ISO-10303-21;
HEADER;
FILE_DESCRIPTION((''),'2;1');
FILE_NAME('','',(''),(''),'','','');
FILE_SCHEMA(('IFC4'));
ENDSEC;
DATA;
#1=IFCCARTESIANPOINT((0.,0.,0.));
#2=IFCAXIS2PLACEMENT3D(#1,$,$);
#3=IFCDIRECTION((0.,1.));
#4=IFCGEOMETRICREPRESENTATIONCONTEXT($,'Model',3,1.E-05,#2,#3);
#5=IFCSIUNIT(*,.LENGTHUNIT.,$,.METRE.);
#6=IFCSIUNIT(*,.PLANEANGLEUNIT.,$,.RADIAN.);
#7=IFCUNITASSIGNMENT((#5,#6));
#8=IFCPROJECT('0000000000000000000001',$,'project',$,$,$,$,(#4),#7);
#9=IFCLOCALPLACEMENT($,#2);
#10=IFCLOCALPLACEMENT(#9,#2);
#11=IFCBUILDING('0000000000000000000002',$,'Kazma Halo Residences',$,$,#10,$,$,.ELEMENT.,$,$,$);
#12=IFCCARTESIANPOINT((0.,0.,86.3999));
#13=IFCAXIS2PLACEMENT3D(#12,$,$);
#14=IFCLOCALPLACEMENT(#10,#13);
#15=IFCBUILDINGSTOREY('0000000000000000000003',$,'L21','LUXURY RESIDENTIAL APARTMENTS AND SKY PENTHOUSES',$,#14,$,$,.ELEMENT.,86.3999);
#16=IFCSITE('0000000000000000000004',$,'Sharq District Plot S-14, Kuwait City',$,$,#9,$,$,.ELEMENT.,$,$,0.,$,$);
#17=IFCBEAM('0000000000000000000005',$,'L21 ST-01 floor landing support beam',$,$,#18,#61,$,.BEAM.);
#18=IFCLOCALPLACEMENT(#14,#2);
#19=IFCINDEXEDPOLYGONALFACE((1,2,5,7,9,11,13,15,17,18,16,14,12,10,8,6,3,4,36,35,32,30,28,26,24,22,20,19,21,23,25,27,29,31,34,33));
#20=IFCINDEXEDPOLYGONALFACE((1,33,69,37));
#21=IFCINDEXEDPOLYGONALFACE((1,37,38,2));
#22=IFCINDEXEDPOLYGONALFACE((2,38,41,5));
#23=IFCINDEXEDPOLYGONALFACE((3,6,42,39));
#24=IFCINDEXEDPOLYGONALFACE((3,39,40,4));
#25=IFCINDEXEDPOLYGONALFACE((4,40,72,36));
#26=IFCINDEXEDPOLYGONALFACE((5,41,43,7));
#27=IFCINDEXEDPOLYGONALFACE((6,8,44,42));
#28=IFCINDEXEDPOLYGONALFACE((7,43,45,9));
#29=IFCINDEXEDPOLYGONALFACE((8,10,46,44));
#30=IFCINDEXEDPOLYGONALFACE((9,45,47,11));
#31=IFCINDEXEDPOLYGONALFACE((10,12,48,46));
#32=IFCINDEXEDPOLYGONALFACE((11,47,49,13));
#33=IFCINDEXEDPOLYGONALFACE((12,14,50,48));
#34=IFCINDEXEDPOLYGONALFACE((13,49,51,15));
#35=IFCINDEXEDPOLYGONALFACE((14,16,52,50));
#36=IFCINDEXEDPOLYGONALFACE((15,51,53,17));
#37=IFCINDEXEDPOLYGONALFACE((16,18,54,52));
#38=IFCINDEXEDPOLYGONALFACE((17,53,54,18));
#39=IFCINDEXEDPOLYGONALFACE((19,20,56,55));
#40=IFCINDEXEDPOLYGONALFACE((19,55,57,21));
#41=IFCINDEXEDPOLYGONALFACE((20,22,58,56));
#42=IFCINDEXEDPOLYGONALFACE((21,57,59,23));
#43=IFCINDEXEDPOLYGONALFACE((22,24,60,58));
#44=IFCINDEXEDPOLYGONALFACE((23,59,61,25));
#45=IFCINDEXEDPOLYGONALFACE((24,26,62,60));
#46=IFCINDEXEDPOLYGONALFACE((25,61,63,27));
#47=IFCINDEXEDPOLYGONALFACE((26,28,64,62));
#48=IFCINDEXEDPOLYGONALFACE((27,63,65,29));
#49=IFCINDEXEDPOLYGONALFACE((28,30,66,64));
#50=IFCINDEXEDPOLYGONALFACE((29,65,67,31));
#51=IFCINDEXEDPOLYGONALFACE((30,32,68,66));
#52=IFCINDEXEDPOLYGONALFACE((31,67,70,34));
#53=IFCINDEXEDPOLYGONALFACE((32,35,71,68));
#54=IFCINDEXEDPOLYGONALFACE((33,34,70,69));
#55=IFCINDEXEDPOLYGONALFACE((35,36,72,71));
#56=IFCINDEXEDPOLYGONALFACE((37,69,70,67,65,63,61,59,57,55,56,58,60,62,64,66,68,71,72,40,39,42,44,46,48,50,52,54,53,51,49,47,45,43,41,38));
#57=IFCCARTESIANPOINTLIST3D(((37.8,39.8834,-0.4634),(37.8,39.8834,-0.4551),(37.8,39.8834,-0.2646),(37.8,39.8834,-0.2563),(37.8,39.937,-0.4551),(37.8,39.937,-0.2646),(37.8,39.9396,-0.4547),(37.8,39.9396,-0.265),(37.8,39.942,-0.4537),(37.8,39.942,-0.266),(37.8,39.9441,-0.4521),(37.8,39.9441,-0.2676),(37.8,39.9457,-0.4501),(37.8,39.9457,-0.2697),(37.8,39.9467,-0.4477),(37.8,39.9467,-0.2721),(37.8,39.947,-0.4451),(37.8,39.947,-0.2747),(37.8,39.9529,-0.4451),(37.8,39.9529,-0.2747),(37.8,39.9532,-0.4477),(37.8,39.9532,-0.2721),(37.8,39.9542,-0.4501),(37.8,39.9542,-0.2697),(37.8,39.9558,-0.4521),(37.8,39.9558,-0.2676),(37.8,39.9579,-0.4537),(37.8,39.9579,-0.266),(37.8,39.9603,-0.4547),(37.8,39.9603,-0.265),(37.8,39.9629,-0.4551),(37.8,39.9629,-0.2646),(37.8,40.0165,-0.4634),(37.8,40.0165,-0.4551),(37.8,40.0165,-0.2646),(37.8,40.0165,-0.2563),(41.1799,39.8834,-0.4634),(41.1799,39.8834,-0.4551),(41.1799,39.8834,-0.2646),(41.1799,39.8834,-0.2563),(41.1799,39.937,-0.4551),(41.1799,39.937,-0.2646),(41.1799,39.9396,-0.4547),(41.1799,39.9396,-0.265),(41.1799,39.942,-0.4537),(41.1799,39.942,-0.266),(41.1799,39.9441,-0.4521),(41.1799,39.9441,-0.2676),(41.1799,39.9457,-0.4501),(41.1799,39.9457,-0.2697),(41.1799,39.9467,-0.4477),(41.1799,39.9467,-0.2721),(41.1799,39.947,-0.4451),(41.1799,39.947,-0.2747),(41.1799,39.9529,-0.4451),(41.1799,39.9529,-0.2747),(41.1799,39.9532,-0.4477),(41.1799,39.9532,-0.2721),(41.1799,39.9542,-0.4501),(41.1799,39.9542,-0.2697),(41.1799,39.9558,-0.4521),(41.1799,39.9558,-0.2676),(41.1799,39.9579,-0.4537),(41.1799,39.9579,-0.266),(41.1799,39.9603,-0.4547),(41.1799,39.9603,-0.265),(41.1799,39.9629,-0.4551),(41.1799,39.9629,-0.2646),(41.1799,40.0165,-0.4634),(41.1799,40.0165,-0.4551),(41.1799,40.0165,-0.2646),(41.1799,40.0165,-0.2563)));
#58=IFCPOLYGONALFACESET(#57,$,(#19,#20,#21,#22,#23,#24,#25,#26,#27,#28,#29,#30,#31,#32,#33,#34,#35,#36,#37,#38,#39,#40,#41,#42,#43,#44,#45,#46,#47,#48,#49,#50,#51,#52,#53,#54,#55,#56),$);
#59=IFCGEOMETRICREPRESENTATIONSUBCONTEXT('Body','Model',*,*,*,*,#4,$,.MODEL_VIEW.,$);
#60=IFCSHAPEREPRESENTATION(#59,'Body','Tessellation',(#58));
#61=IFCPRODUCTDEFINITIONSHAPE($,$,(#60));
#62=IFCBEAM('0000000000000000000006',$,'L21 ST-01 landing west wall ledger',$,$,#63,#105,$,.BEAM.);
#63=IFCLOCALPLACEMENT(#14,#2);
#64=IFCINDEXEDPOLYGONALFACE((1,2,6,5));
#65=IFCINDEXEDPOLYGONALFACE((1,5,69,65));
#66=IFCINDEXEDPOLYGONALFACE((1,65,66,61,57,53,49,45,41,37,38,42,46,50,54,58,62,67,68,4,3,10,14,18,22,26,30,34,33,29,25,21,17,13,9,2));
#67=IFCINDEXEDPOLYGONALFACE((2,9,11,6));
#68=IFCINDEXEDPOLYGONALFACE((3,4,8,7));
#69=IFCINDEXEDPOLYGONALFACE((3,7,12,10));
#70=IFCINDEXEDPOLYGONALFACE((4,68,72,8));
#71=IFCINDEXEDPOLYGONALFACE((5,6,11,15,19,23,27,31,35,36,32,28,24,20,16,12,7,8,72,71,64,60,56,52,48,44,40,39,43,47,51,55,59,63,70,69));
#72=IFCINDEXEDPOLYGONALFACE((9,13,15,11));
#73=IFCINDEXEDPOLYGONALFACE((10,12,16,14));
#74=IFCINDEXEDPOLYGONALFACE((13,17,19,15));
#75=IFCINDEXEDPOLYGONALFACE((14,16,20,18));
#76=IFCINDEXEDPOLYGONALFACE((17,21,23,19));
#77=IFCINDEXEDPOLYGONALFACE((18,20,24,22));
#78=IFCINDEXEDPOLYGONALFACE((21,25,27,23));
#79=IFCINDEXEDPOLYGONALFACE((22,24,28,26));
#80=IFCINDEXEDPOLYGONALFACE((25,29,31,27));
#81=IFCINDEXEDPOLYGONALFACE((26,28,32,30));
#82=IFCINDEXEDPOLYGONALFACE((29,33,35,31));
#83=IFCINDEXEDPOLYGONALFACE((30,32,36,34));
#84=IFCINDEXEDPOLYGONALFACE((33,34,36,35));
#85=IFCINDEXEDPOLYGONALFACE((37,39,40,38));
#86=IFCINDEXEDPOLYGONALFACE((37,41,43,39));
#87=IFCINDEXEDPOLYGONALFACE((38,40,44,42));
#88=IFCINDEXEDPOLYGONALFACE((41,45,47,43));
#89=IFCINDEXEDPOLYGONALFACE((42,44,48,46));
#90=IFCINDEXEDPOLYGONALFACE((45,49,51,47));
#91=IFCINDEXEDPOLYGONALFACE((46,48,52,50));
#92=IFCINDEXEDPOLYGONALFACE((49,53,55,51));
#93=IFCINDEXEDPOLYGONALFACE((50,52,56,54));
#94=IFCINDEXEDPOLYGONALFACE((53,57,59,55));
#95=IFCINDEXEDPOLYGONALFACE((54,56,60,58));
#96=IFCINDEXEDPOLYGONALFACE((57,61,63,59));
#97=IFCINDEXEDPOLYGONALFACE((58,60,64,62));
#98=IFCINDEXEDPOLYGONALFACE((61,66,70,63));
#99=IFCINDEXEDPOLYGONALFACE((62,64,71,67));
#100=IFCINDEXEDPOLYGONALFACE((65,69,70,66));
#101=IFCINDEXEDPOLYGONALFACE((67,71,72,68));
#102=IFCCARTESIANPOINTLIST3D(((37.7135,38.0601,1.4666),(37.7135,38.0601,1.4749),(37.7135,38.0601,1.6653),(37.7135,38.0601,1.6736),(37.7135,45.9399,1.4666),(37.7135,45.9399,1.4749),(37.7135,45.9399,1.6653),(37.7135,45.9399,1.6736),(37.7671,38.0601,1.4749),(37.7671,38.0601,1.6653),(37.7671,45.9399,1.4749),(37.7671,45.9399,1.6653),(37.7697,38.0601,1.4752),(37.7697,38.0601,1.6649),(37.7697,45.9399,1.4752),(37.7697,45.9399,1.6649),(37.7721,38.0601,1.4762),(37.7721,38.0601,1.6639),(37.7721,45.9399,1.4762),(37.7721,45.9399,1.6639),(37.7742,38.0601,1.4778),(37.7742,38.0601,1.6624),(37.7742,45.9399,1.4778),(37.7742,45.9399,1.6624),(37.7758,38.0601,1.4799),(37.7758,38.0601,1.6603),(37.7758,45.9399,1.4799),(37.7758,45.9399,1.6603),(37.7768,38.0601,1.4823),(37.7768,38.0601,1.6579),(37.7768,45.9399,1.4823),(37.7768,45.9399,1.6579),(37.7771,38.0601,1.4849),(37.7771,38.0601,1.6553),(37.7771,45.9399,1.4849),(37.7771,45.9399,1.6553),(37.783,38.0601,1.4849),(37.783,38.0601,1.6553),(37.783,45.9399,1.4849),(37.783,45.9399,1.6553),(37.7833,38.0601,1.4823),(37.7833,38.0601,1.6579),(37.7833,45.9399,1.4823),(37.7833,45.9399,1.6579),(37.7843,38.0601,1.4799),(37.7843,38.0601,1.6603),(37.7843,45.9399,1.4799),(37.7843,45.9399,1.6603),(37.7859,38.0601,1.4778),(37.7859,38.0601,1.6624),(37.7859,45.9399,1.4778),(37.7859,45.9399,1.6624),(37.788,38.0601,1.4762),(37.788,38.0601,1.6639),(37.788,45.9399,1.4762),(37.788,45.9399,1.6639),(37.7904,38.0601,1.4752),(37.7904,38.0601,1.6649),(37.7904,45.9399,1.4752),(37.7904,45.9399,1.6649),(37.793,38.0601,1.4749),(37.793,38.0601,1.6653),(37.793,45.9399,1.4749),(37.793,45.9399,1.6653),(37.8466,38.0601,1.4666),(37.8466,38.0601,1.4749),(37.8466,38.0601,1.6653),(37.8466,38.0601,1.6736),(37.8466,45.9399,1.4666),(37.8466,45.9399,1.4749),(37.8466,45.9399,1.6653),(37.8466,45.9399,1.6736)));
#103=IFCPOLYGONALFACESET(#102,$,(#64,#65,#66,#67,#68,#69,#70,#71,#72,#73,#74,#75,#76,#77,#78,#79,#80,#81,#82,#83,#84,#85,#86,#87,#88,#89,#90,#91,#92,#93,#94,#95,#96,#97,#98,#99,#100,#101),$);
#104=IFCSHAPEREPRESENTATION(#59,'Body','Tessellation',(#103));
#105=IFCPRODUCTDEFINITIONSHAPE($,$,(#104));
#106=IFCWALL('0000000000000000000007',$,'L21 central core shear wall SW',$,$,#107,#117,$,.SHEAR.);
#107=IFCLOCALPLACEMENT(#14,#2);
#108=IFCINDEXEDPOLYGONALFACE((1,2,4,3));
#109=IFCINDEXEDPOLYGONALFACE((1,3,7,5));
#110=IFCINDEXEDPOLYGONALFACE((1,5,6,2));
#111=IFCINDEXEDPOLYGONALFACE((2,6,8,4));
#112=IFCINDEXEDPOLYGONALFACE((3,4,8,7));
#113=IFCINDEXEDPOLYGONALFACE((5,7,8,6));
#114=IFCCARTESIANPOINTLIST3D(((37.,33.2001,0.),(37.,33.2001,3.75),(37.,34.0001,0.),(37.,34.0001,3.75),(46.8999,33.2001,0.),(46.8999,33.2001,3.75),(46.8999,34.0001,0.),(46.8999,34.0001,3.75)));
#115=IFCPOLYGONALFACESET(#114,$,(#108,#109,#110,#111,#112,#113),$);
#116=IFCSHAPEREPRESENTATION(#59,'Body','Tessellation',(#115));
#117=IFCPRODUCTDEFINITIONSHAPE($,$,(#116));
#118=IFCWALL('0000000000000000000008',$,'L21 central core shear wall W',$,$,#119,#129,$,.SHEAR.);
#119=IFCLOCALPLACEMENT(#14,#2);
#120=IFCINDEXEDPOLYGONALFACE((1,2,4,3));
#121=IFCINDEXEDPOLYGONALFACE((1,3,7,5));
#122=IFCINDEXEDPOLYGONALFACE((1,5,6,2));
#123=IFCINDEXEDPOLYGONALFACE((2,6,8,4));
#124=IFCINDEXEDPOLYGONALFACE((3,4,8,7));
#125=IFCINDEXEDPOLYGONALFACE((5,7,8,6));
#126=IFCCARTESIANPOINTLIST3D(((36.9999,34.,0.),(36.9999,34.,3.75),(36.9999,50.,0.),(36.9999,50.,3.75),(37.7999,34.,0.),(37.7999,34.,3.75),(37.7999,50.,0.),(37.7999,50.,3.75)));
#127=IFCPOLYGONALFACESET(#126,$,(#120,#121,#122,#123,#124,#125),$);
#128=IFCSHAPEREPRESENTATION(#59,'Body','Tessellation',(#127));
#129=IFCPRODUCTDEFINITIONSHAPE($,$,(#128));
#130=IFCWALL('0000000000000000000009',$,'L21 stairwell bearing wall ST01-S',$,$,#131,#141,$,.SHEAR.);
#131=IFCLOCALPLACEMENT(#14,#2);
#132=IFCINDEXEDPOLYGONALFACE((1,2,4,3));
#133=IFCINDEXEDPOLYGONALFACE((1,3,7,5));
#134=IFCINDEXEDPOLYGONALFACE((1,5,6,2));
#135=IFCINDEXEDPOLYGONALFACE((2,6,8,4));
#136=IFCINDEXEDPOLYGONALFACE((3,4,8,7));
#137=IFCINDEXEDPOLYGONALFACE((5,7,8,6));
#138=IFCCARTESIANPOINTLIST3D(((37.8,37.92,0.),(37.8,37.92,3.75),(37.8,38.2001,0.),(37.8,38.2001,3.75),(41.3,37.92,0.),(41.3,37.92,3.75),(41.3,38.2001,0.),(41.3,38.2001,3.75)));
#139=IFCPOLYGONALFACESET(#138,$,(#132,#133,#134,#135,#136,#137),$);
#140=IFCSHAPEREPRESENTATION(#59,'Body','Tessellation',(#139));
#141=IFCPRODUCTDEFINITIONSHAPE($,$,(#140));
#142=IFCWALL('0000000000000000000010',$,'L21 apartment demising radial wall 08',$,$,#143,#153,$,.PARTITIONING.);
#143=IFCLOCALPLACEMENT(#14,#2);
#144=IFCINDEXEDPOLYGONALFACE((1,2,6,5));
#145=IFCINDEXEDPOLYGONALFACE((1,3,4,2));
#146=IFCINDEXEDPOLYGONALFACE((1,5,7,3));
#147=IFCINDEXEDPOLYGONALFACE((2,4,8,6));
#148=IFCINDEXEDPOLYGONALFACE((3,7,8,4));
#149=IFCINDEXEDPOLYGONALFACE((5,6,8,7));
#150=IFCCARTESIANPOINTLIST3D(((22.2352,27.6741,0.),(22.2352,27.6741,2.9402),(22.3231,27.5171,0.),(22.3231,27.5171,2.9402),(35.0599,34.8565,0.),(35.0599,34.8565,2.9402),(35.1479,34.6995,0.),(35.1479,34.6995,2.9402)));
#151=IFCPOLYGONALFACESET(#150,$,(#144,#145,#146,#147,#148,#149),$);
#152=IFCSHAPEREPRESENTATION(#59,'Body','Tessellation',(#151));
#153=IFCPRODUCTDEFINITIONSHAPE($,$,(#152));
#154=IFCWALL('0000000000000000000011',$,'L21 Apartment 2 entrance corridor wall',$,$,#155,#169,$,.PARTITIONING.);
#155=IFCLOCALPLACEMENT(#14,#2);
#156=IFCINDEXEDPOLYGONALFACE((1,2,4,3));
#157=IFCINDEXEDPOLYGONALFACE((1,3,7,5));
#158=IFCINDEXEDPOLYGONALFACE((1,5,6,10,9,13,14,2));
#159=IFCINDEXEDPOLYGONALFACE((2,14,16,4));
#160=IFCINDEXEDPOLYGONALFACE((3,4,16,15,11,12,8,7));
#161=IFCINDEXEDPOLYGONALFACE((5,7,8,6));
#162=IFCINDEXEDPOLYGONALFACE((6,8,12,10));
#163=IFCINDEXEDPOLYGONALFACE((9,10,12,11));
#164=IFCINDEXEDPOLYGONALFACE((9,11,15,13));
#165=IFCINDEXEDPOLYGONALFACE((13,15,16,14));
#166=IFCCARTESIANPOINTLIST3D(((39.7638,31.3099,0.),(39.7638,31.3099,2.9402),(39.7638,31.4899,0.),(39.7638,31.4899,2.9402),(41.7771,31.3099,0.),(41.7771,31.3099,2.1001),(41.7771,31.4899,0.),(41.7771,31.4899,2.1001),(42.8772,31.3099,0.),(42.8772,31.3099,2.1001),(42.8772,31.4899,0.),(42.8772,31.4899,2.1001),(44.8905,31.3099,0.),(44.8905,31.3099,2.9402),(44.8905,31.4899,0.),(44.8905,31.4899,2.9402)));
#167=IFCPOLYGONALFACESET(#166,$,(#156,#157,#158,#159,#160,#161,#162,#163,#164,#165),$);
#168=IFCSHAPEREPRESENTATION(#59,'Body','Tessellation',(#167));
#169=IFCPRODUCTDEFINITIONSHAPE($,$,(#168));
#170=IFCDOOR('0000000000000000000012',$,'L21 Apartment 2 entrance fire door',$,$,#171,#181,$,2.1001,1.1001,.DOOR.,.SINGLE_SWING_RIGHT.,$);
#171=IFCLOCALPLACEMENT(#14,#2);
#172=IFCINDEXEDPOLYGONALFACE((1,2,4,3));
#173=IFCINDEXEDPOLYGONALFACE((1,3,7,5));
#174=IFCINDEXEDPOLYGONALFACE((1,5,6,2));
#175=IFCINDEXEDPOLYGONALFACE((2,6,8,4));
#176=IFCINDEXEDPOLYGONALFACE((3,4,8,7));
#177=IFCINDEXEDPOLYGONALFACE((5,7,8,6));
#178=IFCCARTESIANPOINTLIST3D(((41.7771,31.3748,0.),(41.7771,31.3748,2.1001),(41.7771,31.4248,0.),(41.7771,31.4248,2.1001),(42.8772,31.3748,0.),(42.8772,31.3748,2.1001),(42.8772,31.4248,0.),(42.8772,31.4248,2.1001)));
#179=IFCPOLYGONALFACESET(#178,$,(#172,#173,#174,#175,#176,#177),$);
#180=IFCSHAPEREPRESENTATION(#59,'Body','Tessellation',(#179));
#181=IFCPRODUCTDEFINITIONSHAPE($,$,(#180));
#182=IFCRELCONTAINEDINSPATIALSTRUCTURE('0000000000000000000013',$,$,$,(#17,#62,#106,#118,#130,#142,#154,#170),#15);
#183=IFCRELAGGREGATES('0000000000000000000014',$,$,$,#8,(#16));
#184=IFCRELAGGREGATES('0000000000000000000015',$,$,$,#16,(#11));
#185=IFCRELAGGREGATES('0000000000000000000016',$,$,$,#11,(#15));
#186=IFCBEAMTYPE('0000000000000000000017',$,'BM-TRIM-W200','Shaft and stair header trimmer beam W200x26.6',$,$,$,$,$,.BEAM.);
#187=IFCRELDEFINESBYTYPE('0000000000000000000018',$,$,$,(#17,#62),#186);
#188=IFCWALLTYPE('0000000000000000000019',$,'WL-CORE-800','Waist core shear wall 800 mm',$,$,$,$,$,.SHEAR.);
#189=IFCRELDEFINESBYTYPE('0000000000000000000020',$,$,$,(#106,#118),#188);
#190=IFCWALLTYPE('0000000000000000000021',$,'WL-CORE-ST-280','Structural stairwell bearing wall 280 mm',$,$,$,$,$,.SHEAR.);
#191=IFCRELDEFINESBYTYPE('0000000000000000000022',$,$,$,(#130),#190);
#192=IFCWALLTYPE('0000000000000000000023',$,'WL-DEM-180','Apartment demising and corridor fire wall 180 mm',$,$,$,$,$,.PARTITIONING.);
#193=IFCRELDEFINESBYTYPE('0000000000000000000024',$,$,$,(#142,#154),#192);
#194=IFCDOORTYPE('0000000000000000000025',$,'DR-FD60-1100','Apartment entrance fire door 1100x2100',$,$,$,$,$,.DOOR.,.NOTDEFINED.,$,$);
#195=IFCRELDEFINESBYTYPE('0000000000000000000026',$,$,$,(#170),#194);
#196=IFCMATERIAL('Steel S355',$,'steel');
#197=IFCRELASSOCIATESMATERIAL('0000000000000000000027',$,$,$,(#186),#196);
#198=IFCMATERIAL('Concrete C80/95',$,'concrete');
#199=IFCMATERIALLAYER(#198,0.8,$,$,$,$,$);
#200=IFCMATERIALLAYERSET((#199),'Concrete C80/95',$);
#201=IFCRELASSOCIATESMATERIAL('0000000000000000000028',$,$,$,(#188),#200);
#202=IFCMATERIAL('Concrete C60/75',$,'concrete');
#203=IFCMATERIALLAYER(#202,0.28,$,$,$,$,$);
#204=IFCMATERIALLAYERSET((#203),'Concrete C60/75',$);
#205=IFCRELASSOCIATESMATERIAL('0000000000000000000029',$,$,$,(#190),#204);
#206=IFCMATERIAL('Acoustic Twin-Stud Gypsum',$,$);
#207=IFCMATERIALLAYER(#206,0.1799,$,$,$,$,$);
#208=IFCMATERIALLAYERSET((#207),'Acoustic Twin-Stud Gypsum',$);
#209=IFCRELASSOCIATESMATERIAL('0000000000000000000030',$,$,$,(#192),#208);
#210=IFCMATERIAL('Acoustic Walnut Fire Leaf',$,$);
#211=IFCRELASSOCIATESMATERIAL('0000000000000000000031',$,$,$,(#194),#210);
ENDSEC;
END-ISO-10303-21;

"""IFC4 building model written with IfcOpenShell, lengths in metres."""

from ifc_helpers import new_model, si_unit, direction, frame, frame_2d, origin, origin_2d, place, context, subcontext, project, spatial, rectangle, i_section, extrude, material, layer, layer_set, material_profile, profile_set, type_object, element, fill, save


model = new_model("IFC4")

# Units and contexts
model_context = context("Model", 3, precision=1e-05, world=origin(), true_north=direction((0.0, 1.0)))
body_context = subcontext(model_context, "Body", "Model", "MODEL_VIEW")
ifc_project = project(units=[si_unit("LENGTHUNIT", "METRE"), si_unit("PLANEANGLEUNIT", "RADIAN")], contexts=[model_context])

# Site, building, storey
site_placement = place(None, origin())
site = spatial("IfcSite", under=ifc_project, at=site_placement, Name="Sharq District Plot S-14, Kuwait City", CompositionType="ELEMENT", RefElevation=0.0)
building_placement = place(site_placement, origin())
building = spatial("IfcBuilding", under=site, at=building_placement, Name="Kazma Halo Residences", CompositionType="ELEMENT")
storey_placement = place(building_placement, frame((0.0, 0.0, 86.3999)))
storey = spatial("IfcBuildingStorey", under=building, at=storey_placement, Name="L21", Description="LUXURY RESIDENTIAL APARTMENTS AND SKY PENTHOUSES", CompositionType="ELEMENT", Elevation=86.3999)

# Beams
ifc_material_1 = material(Name="Steel S355", Category="steel")
ifc_material_profile_1 = material_profile(ifc_material_1, i_section(OverallWidth=0.1331, OverallDepth=0.207, WebThickness=0.0059, FlangeThickness=0.0083, FilletRadius=0.01, at=origin_2d()), Name="W200x26.6")
ifc_profile_set_1 = profile_set([ifc_material_profile_1], Name="Steel S355")
beam_type_1 = type_object("IfcBeamType", Name="BM-TRIM-W200", Description="Shaft and stair header trimmer beam W200x26.6", PredefinedType="BEAM", material=ifc_profile_set_1)
beam_1_placement = place(storey_placement, frame((37.8, 39.95, -0.3599), z_axis=(1.0, 0.0, 0.0), x_axis=(0.0, 1.0, 0.0)))
element("IfcBeam", 1, at=beam_1_placement, inside=storey, type_object=beam_type_1, Name="L21 ST-01 floor landing support beam", PredefinedType="BEAM", context=body_context, shape_type="SweptSolid", body=[
    extrude(i_section(OverallWidth=0.1331, OverallDepth=0.207, WebThickness=0.0059, FlangeThickness=0.0083, FilletRadius=0.01, at=origin_2d()), origin(), (0.0, 0.0, 1.0), 3.3799),
])
beam_2_placement = place(storey_placement, frame((37.78, 38.0601, 1.5701), z_axis=(0.0, 1.0, 0.0), x_axis=(-1.0, 0.0, 0.0)))
element("IfcBeam", 2, at=beam_2_placement, inside=storey, type_object=beam_type_1, Name="L21 ST-01 landing west wall ledger", PredefinedType="BEAM", context=body_context, shape_type="SweptSolid", body=[
    extrude(i_section(OverallWidth=0.1331, OverallDepth=0.207, WebThickness=0.0059, FlangeThickness=0.0083, FilletRadius=0.01, at=origin_2d()), origin(), (0.0, 0.0, 1.0), 7.8799),
])

# Walls
ifc_material_2 = material(Name="Concrete C80/95", Category="concrete")
ifc_layer_1 = layer(ifc_material_2, 0.8)
ifc_layer_set_1 = layer_set([ifc_layer_1], Name="Concrete C80/95")
wall_type_1 = type_object("IfcWallType", Name="WL-CORE-800", Description="Waist core shear wall 800 mm", PredefinedType="SHEAR", material=ifc_layer_set_1)
wall_1_placement = place(storey_placement, frame((37.0, 33.6001, 0.0), z_axis=(0.0, 0.0, 1.0), x_axis=(1.0, 0.0, 0.0)))
element("IfcWall", 3, at=wall_1_placement, inside=storey, type_object=wall_type_1, Name="L21 central core shear wall SW", PredefinedType="SHEAR", context=body_context, shape_type="SweptSolid", body=[
    extrude(rectangle(XDim=9.8999, YDim=0.8, at=frame_2d((4.95, 0.0))), origin(), (0.0, 0.0, 1.0), 3.75),
])
wall_2_placement = place(storey_placement, frame((37.3999, 34.0, 0.0), z_axis=(0.0, 0.0, 1.0), x_axis=(0.0, 1.0, 0.0)))
element("IfcWall", 4, at=wall_2_placement, inside=storey, type_object=wall_type_1, Name="L21 central core shear wall W", PredefinedType="SHEAR", context=body_context, shape_type="SweptSolid", body=[
    extrude(rectangle(XDim=16.0, YDim=0.8, at=frame_2d((8.0, 0.0))), origin(), (0.0, 0.0, 1.0), 3.75),
])
ifc_material_3 = material(Name="Concrete C60/75", Category="concrete")
ifc_layer_2 = layer(ifc_material_3, 0.28)
ifc_layer_set_2 = layer_set([ifc_layer_2], Name="Concrete C60/75")
wall_type_2 = type_object("IfcWallType", Name="WL-CORE-ST-280", Description="Structural stairwell bearing wall 280 mm", PredefinedType="SHEAR", material=ifc_layer_set_2)
wall_3_placement = place(storey_placement, frame((37.8, 38.0601, 0.0), z_axis=(0.0, 0.0, 1.0), x_axis=(1.0, 0.0, 0.0)))
element("IfcWall", 5, at=wall_3_placement, inside=storey, type_object=wall_type_2, Name="L21 stairwell bearing wall ST01-S", PredefinedType="SHEAR", context=body_context, shape_type="SweptSolid", body=[
    extrude(rectangle(XDim=3.5, YDim=0.28, at=frame_2d((1.75, 0.0))), origin(), (0.0, 0.0, 1.0), 3.75),
])
ifc_material_4 = material(Name="Acoustic Twin-Stud Gypsum")
ifc_layer_3 = layer(ifc_material_4, 0.1799)
ifc_layer_set_3 = layer_set([ifc_layer_3], Name="Acoustic Twin-Stud Gypsum")
wall_type_3 = type_object("IfcWallType", Name="WL-DEM-180", Description="Apartment demising and corridor fire wall 180 mm", PredefinedType="PARTITIONING", material=ifc_layer_set_3)
wall_4_placement = place(storey_placement, frame((35.104, 34.7781, 0.0), z_axis=(0.0, 0.0, 1.0), x_axis=(-0.87249, -0.488631, 0.0)))
element("IfcWall", 6, at=wall_4_placement, inside=storey, type_object=wall_type_3, Name="L21 apartment demising radial wall 08", PredefinedType="PARTITIONING", context=body_context, shape_type="SweptSolid", body=[
    extrude(rectangle(XDim=14.699, YDim=0.1799, at=frame_2d((7.3496, 0.0))), origin(), (0.0, 0.0, 1.0), 2.9402),
])

# Wall, opening, door
wall_5_placement = place(storey_placement, frame((39.7637, 31.3999, 0.0), z_axis=(0.0, 0.0, 1.0), x_axis=(1.0, 0.0, 0.0)))
wall_5 = element("IfcWall", 7, at=wall_5_placement, inside=storey, type_object=wall_type_3, Name="L21 Apartment 2 entrance corridor wall", PredefinedType="PARTITIONING", context=body_context, shape_type="SweptSolid", body=[
    extrude(rectangle(XDim=5.1267, YDim=0.1799, at=frame_2d((2.5635, 0.0))), origin(), (0.0, 0.0, 1.0), 2.9402),
])
opening_1_placement = place(wall_5_placement, frame((2.0134, 0.0, 0.0)))
opening_1 = element("IfcOpeningElement", 8, at=opening_1_placement, cuts=wall_5, PredefinedType="OPENING", context=body_context, shape_type="SweptSolid", body=[
    extrude(rectangle(XDim=1.1001, YDim=2.1001, at=frame_2d((0.55, 1.05))), frame((0.0, 0.0999, 0.0), z_axis=(0.0, -1.0, 0.0), x_axis=(1.0, 0.0, 0.0)), (0.0, 0.0, 1.0), 0.2),
])
ifc_material_5 = material(Name="Acoustic Walnut Fire Leaf")
door_type_1 = type_object("IfcDoorType", Name="DR-FD60-1100", Description="Apartment entrance fire door 1100x2100", OperationType="NOTDEFINED", PredefinedType="DOOR", material=ifc_material_5)
door_1_placement = place(opening_1_placement, origin())
door_1 = element("IfcDoor", 9, at=door_1_placement, inside=storey, type_object=door_type_1, Name="L21 Apartment 2 entrance fire door", OperationType="SINGLE_SWING_RIGHT", OverallHeight=2.1001, OverallWidth=1.1001, PredefinedType="DOOR", context=body_context, shape_type="SweptSolid", body=[
    extrude(rectangle(XDim=1.1001, YDim=2.1001, at=frame_2d((0.55, 1.05))), frame((0.0, 0.0249, 0.0), z_axis=(0.0, -1.0, 0.0), x_axis=(1.0, 0.0, 0.0)), (0.0, 0.0, 1.0), 0.05),
])
fill(opening_1, door_1)

save(model, "model.ifc")
